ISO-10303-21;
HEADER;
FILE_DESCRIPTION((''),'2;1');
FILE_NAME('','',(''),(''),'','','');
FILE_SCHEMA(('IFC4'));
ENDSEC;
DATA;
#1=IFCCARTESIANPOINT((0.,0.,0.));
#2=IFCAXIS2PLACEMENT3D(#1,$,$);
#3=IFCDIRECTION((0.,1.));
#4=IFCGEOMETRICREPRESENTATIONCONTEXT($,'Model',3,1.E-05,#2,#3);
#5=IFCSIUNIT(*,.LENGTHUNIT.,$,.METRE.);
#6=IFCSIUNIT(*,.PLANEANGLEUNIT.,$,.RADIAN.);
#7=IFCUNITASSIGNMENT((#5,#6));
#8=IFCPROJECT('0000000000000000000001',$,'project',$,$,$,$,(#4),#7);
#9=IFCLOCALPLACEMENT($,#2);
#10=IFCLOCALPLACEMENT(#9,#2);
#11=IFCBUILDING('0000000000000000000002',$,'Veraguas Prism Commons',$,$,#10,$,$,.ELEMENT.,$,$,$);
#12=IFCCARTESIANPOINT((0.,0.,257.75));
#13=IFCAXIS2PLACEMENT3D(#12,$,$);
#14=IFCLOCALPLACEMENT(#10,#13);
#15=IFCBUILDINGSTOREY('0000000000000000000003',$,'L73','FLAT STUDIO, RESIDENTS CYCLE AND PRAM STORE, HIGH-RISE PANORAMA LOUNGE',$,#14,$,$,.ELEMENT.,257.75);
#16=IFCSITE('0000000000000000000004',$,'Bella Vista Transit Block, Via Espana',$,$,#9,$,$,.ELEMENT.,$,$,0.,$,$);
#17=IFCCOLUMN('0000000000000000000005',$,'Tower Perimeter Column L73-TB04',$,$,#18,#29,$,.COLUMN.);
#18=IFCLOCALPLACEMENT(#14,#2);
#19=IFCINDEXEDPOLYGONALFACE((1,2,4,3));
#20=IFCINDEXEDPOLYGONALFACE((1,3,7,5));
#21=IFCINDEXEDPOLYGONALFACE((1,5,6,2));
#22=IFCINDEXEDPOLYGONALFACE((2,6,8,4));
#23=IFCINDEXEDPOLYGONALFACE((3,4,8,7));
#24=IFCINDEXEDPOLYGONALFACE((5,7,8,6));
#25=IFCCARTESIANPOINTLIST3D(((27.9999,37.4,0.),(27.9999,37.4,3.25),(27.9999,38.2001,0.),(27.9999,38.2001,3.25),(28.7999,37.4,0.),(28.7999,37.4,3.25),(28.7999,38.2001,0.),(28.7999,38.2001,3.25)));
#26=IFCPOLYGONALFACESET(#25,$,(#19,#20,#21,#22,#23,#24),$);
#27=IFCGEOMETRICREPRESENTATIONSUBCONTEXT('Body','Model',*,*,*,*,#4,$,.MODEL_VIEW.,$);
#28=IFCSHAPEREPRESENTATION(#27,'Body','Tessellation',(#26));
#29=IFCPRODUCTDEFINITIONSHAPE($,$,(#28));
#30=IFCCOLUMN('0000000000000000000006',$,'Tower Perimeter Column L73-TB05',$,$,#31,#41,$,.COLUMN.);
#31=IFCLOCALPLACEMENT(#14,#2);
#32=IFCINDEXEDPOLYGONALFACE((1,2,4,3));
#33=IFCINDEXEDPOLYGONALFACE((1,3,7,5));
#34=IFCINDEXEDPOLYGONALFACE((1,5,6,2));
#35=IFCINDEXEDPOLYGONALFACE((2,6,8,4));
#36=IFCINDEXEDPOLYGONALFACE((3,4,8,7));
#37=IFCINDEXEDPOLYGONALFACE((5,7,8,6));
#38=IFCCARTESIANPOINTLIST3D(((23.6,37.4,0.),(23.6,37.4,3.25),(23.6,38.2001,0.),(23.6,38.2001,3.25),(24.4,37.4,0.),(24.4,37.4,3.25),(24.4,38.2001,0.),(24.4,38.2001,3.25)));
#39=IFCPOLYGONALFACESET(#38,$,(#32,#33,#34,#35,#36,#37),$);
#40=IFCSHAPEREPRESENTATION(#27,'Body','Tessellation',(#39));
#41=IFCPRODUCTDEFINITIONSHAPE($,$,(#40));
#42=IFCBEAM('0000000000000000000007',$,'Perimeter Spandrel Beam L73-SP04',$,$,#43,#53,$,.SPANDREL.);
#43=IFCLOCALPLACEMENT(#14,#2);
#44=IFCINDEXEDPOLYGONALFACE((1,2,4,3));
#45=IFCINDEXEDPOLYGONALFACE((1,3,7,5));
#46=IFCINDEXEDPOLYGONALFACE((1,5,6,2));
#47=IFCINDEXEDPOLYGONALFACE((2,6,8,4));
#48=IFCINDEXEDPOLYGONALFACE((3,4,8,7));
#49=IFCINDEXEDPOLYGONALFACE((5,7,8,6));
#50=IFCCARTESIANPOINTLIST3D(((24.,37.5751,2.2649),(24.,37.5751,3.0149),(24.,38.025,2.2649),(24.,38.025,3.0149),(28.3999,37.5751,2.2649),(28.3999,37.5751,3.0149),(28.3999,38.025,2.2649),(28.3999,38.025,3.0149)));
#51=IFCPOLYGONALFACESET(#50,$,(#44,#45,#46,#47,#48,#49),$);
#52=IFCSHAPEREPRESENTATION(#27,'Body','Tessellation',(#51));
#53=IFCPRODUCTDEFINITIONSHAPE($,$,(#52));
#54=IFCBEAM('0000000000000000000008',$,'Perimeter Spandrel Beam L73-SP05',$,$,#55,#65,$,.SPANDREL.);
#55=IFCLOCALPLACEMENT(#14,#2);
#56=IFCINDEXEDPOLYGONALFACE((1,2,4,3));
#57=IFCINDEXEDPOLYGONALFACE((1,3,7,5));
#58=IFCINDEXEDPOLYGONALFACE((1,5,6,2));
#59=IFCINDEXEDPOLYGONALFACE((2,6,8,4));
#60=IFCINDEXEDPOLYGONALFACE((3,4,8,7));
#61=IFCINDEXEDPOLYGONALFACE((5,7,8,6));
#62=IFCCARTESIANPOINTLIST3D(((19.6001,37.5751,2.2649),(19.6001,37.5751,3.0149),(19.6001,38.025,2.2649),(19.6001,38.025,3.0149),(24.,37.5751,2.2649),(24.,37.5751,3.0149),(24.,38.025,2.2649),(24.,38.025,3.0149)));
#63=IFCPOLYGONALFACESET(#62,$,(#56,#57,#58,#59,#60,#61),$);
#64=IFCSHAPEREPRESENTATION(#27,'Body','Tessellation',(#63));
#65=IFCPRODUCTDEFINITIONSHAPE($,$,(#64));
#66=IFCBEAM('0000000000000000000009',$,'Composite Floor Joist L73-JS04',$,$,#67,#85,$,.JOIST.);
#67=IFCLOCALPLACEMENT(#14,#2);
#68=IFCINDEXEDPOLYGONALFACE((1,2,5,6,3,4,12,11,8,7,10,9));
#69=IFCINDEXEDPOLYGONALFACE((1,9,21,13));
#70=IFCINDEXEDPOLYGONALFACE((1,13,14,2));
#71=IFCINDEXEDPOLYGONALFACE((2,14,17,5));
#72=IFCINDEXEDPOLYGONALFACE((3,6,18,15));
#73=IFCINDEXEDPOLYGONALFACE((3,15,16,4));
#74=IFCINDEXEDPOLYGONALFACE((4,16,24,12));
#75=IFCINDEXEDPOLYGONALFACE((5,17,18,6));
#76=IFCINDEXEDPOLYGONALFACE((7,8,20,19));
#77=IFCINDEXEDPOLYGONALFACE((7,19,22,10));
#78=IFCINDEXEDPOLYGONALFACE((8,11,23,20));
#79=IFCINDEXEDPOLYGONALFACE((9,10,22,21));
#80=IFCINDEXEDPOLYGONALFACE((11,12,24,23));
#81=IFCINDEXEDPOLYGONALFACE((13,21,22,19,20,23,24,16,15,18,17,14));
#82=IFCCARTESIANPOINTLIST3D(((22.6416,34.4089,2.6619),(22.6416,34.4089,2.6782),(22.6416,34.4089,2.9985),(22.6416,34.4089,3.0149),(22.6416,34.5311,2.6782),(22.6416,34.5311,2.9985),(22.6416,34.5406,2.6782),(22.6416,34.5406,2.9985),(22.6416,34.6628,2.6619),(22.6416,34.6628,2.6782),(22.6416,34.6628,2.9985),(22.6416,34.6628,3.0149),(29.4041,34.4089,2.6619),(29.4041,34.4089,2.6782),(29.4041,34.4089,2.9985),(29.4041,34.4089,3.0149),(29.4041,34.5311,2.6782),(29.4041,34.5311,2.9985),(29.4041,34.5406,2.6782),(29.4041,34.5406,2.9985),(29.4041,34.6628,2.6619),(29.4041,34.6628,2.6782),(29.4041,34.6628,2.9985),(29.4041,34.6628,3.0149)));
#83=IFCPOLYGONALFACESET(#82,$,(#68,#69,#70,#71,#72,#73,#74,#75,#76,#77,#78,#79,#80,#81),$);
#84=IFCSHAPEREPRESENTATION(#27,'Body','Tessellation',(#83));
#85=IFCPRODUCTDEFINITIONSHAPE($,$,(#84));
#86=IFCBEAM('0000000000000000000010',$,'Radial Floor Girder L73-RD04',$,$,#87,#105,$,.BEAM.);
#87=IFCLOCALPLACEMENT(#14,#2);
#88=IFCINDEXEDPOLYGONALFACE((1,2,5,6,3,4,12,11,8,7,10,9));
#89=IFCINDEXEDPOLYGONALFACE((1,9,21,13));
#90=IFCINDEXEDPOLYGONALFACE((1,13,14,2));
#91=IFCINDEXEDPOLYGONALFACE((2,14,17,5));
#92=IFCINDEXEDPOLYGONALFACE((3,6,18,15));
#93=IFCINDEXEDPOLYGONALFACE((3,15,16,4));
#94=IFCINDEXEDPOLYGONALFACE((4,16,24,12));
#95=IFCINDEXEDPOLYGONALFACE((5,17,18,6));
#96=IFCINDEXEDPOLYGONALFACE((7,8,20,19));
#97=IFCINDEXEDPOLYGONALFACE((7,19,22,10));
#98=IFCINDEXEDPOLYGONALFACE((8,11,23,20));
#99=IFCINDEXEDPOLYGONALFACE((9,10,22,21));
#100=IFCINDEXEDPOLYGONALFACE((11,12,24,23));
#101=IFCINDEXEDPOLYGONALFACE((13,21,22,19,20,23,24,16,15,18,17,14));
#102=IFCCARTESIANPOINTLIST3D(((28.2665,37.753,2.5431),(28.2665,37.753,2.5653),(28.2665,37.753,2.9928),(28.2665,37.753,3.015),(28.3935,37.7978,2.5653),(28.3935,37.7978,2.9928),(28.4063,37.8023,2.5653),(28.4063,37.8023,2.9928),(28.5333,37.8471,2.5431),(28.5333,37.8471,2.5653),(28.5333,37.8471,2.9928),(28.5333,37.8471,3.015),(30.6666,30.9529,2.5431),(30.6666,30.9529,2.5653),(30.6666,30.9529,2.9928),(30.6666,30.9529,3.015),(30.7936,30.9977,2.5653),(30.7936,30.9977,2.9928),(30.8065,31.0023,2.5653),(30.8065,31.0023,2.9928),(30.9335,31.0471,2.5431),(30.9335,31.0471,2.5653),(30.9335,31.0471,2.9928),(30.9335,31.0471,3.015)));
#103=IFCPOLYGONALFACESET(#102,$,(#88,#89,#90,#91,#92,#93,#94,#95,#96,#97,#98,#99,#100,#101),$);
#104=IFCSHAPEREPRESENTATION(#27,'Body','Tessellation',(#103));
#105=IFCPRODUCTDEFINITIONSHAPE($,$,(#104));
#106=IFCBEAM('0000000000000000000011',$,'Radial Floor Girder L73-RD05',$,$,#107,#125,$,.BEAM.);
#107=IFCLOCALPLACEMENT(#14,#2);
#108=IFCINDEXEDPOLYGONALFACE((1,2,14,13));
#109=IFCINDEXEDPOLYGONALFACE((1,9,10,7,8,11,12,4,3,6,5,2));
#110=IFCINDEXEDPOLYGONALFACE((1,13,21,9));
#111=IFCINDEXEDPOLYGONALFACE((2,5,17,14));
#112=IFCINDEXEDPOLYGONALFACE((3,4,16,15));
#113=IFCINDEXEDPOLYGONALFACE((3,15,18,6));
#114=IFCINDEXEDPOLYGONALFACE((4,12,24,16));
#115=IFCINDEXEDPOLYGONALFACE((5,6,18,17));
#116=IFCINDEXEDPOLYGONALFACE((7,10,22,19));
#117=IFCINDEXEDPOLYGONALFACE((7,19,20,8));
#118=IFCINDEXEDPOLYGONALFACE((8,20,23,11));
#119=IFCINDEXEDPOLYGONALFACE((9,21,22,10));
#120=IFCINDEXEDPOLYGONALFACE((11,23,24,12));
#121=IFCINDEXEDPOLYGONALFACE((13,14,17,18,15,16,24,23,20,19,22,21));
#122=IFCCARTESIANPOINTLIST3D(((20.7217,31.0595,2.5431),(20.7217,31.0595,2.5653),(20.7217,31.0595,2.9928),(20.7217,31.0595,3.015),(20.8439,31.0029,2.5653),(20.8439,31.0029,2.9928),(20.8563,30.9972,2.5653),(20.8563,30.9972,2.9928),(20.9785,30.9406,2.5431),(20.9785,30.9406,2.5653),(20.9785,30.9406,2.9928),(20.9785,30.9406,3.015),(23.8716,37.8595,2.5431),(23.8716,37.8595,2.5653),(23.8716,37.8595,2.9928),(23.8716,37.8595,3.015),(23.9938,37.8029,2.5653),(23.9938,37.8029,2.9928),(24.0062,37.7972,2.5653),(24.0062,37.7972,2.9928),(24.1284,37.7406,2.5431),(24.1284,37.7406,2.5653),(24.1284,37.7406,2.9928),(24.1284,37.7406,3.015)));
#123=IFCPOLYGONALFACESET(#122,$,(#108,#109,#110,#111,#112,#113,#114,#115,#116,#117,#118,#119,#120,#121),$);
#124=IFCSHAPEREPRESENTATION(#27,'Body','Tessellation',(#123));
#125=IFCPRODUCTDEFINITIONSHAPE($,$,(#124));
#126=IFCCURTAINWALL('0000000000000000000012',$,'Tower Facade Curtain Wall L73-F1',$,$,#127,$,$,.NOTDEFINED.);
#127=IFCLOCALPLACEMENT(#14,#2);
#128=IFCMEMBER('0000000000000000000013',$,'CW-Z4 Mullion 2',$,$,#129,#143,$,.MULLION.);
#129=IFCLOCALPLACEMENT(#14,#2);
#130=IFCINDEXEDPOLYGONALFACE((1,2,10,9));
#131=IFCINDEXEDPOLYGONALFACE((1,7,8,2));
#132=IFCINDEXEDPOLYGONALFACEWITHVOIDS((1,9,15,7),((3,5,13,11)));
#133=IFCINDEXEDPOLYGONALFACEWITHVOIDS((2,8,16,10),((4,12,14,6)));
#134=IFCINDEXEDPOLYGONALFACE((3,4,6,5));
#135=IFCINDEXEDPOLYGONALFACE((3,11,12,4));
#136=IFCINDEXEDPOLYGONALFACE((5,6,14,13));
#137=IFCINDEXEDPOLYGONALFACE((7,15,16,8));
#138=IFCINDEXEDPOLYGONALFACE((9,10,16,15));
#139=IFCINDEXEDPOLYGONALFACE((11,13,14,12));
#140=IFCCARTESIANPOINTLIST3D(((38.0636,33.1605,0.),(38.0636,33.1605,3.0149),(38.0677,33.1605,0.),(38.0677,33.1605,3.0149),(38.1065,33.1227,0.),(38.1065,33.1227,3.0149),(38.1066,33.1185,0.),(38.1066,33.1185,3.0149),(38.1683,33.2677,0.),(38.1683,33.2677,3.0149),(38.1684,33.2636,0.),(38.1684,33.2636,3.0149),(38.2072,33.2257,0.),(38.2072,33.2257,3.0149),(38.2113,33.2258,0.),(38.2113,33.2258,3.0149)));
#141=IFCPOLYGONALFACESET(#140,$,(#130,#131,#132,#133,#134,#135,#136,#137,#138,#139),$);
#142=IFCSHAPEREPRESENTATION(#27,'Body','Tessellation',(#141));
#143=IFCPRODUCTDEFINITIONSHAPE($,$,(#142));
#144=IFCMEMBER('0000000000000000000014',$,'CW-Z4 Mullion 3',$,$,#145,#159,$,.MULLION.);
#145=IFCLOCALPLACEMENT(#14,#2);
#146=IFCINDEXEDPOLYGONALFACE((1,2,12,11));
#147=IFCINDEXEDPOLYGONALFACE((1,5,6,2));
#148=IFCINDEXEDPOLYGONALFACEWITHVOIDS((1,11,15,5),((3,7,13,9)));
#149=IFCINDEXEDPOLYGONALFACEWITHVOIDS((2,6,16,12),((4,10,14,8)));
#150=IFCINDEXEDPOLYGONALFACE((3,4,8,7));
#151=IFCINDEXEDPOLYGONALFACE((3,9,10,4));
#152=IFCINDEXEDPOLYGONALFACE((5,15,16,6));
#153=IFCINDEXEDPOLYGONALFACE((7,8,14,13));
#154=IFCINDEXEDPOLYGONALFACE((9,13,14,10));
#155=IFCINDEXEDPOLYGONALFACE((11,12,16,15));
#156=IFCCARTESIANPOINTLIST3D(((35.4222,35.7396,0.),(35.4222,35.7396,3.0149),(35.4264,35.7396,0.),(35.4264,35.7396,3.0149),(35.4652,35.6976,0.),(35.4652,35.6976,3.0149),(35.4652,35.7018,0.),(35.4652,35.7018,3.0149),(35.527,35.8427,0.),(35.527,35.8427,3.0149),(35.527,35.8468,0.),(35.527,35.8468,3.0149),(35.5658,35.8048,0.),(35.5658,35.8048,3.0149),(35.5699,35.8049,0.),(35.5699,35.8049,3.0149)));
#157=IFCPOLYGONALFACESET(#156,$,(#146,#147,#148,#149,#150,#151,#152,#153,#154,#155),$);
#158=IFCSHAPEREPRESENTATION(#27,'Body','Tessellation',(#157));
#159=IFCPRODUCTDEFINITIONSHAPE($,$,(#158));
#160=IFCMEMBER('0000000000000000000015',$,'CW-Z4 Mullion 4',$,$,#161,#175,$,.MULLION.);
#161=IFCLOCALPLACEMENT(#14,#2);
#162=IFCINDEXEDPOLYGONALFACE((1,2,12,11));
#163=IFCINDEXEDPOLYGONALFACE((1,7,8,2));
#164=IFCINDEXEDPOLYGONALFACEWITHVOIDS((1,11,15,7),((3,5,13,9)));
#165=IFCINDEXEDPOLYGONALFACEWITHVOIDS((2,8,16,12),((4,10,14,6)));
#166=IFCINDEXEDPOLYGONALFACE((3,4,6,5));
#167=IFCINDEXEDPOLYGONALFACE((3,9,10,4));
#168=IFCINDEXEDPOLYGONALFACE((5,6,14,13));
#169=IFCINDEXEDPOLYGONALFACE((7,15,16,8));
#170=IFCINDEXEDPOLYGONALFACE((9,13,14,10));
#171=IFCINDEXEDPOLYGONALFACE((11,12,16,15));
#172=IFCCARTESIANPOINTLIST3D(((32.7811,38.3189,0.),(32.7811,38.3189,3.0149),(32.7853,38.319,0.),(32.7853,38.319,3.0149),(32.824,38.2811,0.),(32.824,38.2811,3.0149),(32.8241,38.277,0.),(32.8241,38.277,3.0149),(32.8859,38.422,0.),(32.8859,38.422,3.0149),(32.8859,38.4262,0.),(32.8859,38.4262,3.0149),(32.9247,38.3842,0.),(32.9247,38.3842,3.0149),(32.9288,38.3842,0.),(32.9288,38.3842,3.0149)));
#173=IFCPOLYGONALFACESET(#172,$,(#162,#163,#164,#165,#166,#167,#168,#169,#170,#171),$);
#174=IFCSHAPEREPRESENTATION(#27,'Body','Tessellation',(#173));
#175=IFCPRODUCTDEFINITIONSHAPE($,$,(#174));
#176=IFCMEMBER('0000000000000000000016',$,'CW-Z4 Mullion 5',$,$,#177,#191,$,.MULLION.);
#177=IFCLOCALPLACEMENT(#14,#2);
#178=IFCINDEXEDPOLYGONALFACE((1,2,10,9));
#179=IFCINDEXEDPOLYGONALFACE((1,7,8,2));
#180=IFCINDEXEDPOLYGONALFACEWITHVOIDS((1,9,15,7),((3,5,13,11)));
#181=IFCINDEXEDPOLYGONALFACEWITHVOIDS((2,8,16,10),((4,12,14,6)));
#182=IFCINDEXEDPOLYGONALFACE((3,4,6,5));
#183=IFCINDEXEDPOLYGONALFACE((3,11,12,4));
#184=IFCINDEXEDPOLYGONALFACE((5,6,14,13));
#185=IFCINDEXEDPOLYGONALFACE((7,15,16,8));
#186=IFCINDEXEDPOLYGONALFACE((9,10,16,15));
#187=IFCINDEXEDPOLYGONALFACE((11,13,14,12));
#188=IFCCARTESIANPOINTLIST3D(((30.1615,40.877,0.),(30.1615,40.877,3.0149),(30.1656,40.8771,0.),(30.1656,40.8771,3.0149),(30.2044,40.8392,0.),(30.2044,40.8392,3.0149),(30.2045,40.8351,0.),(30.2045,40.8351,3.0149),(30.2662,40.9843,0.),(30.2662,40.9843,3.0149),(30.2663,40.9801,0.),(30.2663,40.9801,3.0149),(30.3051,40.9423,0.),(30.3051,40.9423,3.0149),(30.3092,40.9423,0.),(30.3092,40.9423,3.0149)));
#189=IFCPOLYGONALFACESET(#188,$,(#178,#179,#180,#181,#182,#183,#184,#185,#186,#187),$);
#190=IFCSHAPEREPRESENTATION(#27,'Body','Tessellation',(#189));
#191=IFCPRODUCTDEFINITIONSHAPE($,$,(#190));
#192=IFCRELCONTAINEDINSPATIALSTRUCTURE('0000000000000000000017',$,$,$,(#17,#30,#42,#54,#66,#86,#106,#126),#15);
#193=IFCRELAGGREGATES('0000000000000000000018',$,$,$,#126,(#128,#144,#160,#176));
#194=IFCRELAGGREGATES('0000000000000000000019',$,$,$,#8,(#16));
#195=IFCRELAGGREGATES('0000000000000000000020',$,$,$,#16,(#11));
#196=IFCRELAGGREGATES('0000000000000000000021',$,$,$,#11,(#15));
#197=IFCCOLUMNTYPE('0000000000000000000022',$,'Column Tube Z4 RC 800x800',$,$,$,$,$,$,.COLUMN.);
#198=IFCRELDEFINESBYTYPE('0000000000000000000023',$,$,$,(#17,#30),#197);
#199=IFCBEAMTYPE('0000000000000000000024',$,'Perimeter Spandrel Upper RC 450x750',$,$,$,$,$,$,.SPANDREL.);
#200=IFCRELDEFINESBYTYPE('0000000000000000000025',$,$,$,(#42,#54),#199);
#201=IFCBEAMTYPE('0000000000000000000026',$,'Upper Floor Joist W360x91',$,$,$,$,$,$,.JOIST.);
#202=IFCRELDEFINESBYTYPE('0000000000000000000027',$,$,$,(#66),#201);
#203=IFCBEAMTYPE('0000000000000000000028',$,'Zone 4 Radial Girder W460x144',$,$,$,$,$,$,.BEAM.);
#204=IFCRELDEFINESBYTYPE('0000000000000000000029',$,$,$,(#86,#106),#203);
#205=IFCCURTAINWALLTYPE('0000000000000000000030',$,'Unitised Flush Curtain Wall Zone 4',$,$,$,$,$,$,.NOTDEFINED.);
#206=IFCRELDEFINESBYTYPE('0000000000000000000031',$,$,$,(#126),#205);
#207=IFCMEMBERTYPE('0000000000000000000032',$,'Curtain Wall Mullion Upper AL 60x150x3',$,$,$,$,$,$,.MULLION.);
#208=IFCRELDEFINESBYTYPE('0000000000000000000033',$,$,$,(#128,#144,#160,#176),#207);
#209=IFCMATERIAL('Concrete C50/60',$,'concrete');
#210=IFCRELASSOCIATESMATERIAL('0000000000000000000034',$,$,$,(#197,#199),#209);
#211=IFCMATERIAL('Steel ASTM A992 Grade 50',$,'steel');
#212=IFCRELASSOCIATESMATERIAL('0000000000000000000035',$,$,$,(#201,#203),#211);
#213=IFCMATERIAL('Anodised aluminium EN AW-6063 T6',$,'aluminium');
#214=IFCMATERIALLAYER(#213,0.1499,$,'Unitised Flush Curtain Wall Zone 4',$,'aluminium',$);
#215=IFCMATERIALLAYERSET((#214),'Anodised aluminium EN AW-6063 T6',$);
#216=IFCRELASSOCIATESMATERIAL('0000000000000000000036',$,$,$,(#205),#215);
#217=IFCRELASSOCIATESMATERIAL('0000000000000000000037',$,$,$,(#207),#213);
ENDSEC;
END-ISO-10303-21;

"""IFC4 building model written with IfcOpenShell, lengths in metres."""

from ifc_helpers import new_model, si_unit, direction, frame, origin, origin_2d, place, context, subcontext, project, spatial, rectangle, hollow_rectangle, i_section, extrude, source, transform, mapped, material, layer, layer_set, material_profile, profile_set, type_object, element, aggregate, save


model = new_model("IFC4")

# Units and contexts
model_context = context("Model", 3, precision=1e-05, world=origin(), true_north=direction((0.0, 1.0)))
body_context = subcontext(model_context, "Body", "Model", "MODEL_VIEW")
ifc_project = project(units=[si_unit("LENGTHUNIT", "METRE"), si_unit("PLANEANGLEUNIT", "RADIAN")], contexts=[model_context])

# Site, building, storey
site_placement = place(None, origin())
site = spatial("IfcSite", under=ifc_project, at=site_placement, Name="Bella Vista Transit Block, Via Espana", CompositionType="ELEMENT", RefElevation=0.0)
building_placement = place(site_placement, origin())
building = spatial("IfcBuilding", under=site, at=building_placement, Name="Veraguas Prism Commons", CompositionType="ELEMENT")
storey_placement = place(building_placement, frame((0.0, 0.0, 257.75)))
storey = spatial("IfcBuildingStorey", under=building, at=storey_placement, Name="L73", Description="FLAT STUDIO, RESIDENTS CYCLE AND PRAM STORE, HIGH-RISE PANORAMA LOUNGE", CompositionType="ELEMENT", Elevation=257.75)

# Columns
ifc_material_1 = material(Name="Concrete C50/60", Category="concrete")
ifc_material_profile_1 = material_profile(ifc_material_1, rectangle(XDim=0.8, YDim=0.8, at=origin_2d()), Name="RC800X800")
ifc_profile_set_1 = profile_set([ifc_material_profile_1], Name="Concrete C50/60")
column_type = type_object("IfcColumnType", Name="Column Tube Z4 RC 800x800", PredefinedType="COLUMN", material=ifc_profile_set_1)
for number, where, z_axis, x_axis, name in (
    (1, (28.3999, 37.8, 0.0), (0.0, 0.0, 1.0), (1.0, 0.0, 0.0), "Tower Perimeter Column L73-TB04"),
    (2, (24.0, 37.8, 0.0), (0.0, 0.0, 1.0), (1.0, 0.0, 0.0), "Tower Perimeter Column L73-TB05"),
):
    element("IfcColumn", number, at=place(storey_placement, frame(where, z_axis=z_axis, x_axis=x_axis)), inside=storey, type_object=column_type, Name=name, PredefinedType="COLUMN", context=body_context, shape_type="SweptSolid", body=[
        extrude(rectangle(XDim=0.8, YDim=0.8, at=origin_2d()), origin(), (0.0, 0.0, 1.0), 3.25),
    ])

# Beams
ifc_material_profile_2 = material_profile(ifc_material_1, rectangle(XDim=0.45, YDim=0.75, at=origin_2d()), Name="RC450X750")
ifc_profile_set_2 = profile_set([ifc_material_profile_2], Name="Concrete C50/60")
beam_type_1 = type_object("IfcBeamType", Name="Perimeter Spandrel Upper RC 450x750", PredefinedType="SPANDREL", material=ifc_profile_set_2)
for number, where, z_axis, x_axis, name in (
    (3, (28.3999, 37.8, 2.6399), (-1.0, 0.0, 0.0), (0.0, -1.0, 0.0), "Perimeter Spandrel Beam L73-SP04"),
    (4, (24.0, 37.8, 2.6399), (-1.0, 0.0, 0.0), (0.0, -1.0, 0.0), "Perimeter Spandrel Beam L73-SP05"),
):
    element("IfcBeam", number, at=place(storey_placement, frame(where, z_axis=z_axis, x_axis=x_axis)), inside=storey, type_object=beam_type_1, Name=name, PredefinedType="SPANDREL", context=body_context, shape_type="SweptSolid", body=[
        extrude(rectangle(XDim=0.45, YDim=0.75, at=origin_2d()), origin(), (0.0, 0.0, 1.0), 4.3999),
    ])
ifc_material_2 = material(Name="Steel ASTM A992 Grade 50", Category="steel")
ifc_material_profile_3 = material_profile(ifc_material_2, i_section(OverallWidth=0.2539, OverallDepth=0.353, WebThickness=0.0095, FlangeThickness=0.0164, at=origin_2d()), Name="W360X91")
ifc_profile_set_3 = profile_set([ifc_material_profile_3], Name="Steel ASTM A992 Grade 50")
beam_type_2 = type_object("IfcBeamType", Name="Upper Floor Joist W360x91", PredefinedType="JOIST", material=ifc_profile_set_3)
beam_1_placement = place(storey_placement, frame((29.4041, 34.5359, 2.8384), z_axis=(-1.0, 0.0, 0.0), x_axis=(0.0, -1.0, 0.0)))
element("IfcBeam", 5, at=beam_1_placement, inside=storey, type_object=beam_type_2, Name="Composite Floor Joist L73-JS04", PredefinedType="JOIST", context=body_context, shape_type="SweptSolid", body=[
    extrude(i_section(OverallWidth=0.2539, OverallDepth=0.353, WebThickness=0.0095, FlangeThickness=0.0164, at=origin_2d()), origin(), (0.0, 0.0, 1.0), 6.7625),
])
ifc_material_profile_4 = material_profile(ifc_material_2, i_section(OverallWidth=0.283, OverallDepth=0.4719, WebThickness=0.0137, FlangeThickness=0.0222, at=origin_2d()), Name="W460X144")
ifc_profile_set_4 = profile_set([ifc_material_profile_4], Name="Steel ASTM A992 Grade 50")
beam_type_3 = type_object("IfcBeamType", Name="Zone 4 Radial Girder W460x144", PredefinedType="BEAM", material=ifc_profile_set_4)
beam_2_placement = place(storey_placement, frame((28.3999, 37.8, 2.7791), z_axis=(0.332836, -0.942985, 0.0), x_axis=(0.942985, 0.332836, 0.0)))
element("IfcBeam", 6, at=beam_2_placement, inside=storey, type_object=beam_type_3, Name="Radial Floor Girder L73-RD04", PredefinedType="BEAM", context=body_context, shape_type="SweptSolid", body=[
    extrude(i_section(OverallWidth=0.283, OverallDepth=0.4719, WebThickness=0.0137, FlangeThickness=0.0222, at=origin_2d()), origin(), (0.0, 0.0, 1.0), 7.2112),
])
beam_3_placement = place(storey_placement, frame((24.0, 37.8, 2.7791), z_axis=(-0.420314, -0.907379, 0.0), x_axis=(0.907379, -0.420314, 0.0)))
element("IfcBeam", 7, at=beam_3_placement, inside=storey, type_object=beam_type_3, Name="Radial Floor Girder L73-RD05", PredefinedType="BEAM", context=body_context, shape_type="SweptSolid", body=[
    extrude(i_section(OverallWidth=0.283, OverallDepth=0.4719, WebThickness=0.0137, FlangeThickness=0.0222, at=origin_2d()), origin(), (0.0, 0.0, 1.0), 7.4941),
])

# Curtain wall, members
ifc_material_3 = material(Name="Anodised aluminium EN AW-6063 T6", Category="aluminium")
ifc_layer_1 = layer(ifc_material_3, 0.1499, Name="Unitised Flush Curtain Wall Zone 4", Category="aluminium")
ifc_layer_set_1 = layer_set([ifc_layer_1], Name="Anodised aluminium EN AW-6063 T6")
curtain_wall_type = type_object("IfcCurtainWallType", Name="Unitised Flush Curtain Wall Zone 4", PredefinedType="NOTDEFINED", material=ifc_layer_set_1)
curtain_wall_1_placement = place(storey_placement, origin())
curtain_wall_1 = element("IfcCurtainWall", 8, at=curtain_wall_1_placement, inside=storey, type_object=curtain_wall_type, Name="Tower Facade Curtain Wall L73-F1", PredefinedType="NOTDEFINED")
ifc_material_profile_5 = material_profile(ifc_material_3, hollow_rectangle(XDim=0.0601, YDim=0.1499, WallThickness=0.0029, at=origin_2d()), Name="AL60X150X3")
ifc_profile_set_5 = profile_set([ifc_material_profile_5], Name="Anodised aluminium EN AW-6063 T6")
member_type_1 = type_object("IfcMemberType", Name="Curtain Wall Mullion Upper AL 60x150x3", PredefinedType="MULLION", material=ifc_profile_set_5)
shared_shape_1 = source(origin(), body_context, "Body", "SweptSolid", [
    extrude(hollow_rectangle(XDim=0.0601, YDim=0.1499, WallThickness=0.0029, at=origin_2d()), origin(), (0.0, 0.0, 1.0), 3.0149),
])
member_1_placement = place(storey_placement, frame((38.1375, 33.1931, 0.0), z_axis=(0.0, 0.0, 1.0), x_axis=(-0.715448, 0.698666, 0.0)))
member_1 = element("IfcMember", 9, at=member_1_placement, type_object=member_type_1, Name="CW-Z4 Mullion 2", PredefinedType="MULLION", context=body_context, shape_type="MappedRepresentation", body=[
    mapped(shared_shape_1, transform((0.0, 0.0, 0.0), scale=1.0)),
])
member_2_placement = place(storey_placement, frame((35.4961, 35.7722, 0.0), z_axis=(0.0, 0.0, 1.0), x_axis=(-0.715448, 0.698666, 0.0)))
member_2 = element("IfcMember", 10, at=member_2_placement, type_object=member_type_1, Name="CW-Z4 Mullion 3", PredefinedType="MULLION", context=body_context, shape_type="MappedRepresentation", body=[
    mapped(shared_shape_1, transform((0.0, 0.0, 0.0), scale=1.0)),
])
member_3_placement = place(storey_placement, frame((32.855, 38.3516, 0.0), z_axis=(0.0, 0.0, 1.0), x_axis=(-0.715448, 0.698666, 0.0)))
member_3 = element("IfcMember", 11, at=member_3_placement, type_object=member_type_1, Name="CW-Z4 Mullion 4", PredefinedType="MULLION", context=body_context, shape_type="MappedRepresentation", body=[
    mapped(shared_shape_1, transform((0.0, 0.0, 0.0), scale=1.0)),
])
member_4_placement = place(storey_placement, frame((30.2354, 40.9097, 0.0), z_axis=(0.0, 0.0, 1.0), x_axis=(-0.715448, 0.698666, 0.0)))
member_4 = element("IfcMember", 12, at=member_4_placement, type_object=member_type_1, Name="CW-Z4 Mullion 5", PredefinedType="MULLION", context=body_context, shape_type="MappedRepresentation", body=[
    mapped(shared_shape_1, transform((0.0, 0.0, 0.0), scale=1.0)),
])

aggregate(curtain_wall_1, [member_1, member_2, member_3, member_4])

save(model, "model.ifc")
